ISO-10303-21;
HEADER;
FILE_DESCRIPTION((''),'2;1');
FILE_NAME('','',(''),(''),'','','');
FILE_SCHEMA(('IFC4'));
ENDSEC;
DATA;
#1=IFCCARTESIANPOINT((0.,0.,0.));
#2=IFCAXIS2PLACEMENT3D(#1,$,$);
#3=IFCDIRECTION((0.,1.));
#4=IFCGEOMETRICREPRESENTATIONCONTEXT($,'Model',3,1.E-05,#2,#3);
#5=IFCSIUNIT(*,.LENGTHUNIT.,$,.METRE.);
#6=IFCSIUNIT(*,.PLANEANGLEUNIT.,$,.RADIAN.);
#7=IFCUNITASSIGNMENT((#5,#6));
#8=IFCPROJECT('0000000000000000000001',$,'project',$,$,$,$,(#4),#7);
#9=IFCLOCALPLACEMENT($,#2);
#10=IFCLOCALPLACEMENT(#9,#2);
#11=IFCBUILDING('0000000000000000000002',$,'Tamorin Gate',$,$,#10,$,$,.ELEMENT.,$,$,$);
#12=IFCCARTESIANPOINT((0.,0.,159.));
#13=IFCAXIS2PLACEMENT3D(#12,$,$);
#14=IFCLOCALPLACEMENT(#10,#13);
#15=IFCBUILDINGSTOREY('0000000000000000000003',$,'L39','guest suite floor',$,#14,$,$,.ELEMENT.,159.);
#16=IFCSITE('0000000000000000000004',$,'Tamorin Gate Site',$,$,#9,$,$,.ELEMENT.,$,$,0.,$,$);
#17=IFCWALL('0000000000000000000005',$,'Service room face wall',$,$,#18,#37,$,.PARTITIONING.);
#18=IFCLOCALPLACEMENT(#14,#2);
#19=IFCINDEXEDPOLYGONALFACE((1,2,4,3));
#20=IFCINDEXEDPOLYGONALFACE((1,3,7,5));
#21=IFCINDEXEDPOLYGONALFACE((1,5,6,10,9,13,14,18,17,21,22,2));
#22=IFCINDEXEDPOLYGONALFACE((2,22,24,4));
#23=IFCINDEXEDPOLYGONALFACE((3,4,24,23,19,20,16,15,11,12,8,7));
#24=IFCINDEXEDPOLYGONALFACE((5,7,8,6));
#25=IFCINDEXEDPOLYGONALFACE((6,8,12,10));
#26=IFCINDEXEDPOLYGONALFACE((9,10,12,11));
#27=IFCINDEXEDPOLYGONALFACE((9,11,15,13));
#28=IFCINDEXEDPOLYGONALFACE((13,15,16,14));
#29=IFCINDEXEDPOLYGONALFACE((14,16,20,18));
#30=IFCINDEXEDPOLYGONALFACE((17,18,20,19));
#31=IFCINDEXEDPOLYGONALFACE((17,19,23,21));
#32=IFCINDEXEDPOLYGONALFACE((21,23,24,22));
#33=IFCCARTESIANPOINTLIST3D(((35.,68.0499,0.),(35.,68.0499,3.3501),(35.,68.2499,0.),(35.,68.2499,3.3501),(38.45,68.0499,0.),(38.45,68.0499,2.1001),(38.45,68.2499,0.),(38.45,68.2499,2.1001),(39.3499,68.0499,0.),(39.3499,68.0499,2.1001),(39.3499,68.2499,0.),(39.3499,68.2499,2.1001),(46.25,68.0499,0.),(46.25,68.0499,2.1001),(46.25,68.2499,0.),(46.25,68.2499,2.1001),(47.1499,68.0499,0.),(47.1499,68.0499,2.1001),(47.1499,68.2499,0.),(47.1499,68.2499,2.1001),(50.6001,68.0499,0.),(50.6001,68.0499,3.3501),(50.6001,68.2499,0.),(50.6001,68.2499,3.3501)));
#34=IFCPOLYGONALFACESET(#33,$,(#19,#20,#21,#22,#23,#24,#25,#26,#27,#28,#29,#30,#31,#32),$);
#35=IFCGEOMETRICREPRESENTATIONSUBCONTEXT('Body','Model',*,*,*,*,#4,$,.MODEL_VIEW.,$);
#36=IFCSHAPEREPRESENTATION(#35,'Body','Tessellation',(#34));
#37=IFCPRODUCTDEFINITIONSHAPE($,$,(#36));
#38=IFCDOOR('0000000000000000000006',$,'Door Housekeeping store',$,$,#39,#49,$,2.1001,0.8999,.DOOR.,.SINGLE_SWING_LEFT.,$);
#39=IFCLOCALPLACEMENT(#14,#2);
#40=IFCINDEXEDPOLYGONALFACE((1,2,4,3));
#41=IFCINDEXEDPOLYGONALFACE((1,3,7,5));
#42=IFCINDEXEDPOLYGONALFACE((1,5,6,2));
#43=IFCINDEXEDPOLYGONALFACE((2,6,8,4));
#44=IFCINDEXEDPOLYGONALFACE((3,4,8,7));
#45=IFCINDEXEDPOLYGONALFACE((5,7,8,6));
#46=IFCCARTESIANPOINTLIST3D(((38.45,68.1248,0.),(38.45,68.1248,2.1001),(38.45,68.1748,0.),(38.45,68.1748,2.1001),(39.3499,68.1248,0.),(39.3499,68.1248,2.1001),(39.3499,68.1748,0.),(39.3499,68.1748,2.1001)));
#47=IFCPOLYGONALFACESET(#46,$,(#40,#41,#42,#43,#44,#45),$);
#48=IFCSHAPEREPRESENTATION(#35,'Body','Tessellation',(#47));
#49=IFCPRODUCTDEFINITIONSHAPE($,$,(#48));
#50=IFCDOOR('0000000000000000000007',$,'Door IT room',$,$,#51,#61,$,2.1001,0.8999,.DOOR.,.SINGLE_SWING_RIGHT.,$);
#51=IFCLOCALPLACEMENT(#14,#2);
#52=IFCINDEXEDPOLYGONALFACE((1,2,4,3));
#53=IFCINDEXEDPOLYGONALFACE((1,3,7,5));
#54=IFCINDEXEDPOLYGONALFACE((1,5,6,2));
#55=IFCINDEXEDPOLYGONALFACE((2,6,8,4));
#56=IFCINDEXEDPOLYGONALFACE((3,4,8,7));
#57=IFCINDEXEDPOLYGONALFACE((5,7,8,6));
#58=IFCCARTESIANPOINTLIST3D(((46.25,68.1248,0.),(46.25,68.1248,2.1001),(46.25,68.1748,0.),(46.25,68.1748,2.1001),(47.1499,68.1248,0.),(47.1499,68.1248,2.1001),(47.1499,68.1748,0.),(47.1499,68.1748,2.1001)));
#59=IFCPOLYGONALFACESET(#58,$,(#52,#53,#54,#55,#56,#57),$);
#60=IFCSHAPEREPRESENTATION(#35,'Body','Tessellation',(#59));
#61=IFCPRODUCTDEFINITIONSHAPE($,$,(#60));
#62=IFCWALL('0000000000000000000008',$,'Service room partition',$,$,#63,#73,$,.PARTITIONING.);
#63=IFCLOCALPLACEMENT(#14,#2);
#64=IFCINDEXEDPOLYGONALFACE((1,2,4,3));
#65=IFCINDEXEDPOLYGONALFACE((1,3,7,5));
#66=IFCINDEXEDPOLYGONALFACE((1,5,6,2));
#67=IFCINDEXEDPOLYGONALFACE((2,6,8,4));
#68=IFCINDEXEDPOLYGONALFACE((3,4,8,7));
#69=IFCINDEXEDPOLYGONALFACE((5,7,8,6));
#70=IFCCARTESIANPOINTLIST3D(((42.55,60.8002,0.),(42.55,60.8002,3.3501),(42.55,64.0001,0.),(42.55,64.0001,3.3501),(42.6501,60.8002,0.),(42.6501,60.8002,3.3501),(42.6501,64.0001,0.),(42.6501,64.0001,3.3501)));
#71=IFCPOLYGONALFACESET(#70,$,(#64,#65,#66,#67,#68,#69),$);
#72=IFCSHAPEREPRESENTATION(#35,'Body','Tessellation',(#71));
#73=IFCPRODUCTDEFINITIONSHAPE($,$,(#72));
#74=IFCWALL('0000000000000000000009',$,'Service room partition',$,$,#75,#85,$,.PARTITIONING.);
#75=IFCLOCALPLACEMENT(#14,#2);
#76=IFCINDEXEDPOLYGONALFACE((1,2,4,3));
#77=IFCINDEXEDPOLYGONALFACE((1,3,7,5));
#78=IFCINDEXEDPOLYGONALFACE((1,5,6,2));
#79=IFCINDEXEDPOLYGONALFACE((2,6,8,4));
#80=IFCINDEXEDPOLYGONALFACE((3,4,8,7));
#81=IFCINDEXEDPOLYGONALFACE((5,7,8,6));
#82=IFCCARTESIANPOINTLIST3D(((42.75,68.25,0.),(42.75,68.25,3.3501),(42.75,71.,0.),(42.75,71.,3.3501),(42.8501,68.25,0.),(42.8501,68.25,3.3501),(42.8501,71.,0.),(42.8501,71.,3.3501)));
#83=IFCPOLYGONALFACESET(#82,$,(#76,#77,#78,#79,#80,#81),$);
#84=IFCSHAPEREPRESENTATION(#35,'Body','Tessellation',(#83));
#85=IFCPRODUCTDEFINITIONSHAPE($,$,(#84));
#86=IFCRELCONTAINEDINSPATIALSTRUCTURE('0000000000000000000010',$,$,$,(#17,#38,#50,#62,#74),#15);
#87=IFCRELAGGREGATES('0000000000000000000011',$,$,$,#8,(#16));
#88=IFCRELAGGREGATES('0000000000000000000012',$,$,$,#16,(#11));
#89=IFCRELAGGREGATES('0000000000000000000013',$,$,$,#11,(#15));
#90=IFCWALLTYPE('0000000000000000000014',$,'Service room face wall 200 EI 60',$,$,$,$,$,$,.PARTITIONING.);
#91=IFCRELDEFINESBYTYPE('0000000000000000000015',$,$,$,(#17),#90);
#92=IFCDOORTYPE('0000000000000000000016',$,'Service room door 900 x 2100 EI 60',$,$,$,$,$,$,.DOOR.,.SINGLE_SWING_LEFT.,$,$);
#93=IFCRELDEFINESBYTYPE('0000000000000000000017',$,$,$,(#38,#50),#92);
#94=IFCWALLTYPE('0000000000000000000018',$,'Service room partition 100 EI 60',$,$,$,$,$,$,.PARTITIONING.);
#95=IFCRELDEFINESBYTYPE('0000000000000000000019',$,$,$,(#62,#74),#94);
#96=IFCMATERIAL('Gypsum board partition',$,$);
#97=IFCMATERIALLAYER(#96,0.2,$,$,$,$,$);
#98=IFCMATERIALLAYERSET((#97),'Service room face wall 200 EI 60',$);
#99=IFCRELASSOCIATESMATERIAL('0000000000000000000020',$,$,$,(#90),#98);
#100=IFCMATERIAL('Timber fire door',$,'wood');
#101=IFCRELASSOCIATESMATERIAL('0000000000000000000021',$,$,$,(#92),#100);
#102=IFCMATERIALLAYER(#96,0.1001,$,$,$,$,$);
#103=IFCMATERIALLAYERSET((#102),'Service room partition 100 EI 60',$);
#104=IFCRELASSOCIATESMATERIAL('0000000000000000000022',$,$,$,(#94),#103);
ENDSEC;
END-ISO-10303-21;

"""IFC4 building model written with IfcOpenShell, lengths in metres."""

from ifc_helpers import new_model, si_unit, direction, frame, frame_2d, origin, place, context, subcontext, project, spatial, rectangle, extrude, material, layer, layer_set, type_object, element, fill, save


model = new_model("IFC4")

# Units and contexts
model_context = context("Model", 3, precision=1e-05, world=origin(), true_north=direction((0.0, 1.0)))
body_context = subcontext(model_context, "Body", "Model", "MODEL_VIEW")
ifc_project = project(units=[si_unit("LENGTHUNIT", "METRE"), si_unit("PLANEANGLEUNIT", "RADIAN")], contexts=[model_context])

# Site, building, storey
site_placement = place(None, origin())
site = spatial("IfcSite", under=ifc_project, at=site_placement, Name="Tamorin Gate Site", CompositionType="ELEMENT", RefElevation=0.0)
building_placement = place(site_placement, origin())
building = spatial("IfcBuilding", under=site, at=building_placement, Name="Tamorin Gate", CompositionType="ELEMENT")
storey_placement = place(building_placement, frame((0.0, 0.0, 159.0)))
storey = spatial("IfcBuildingStorey", under=building, at=storey_placement, Name="L39", Description="guest suite floor", CompositionType="ELEMENT", Elevation=159.0)

# Wall, openings, doors
ifc_material_1 = material(Name="Gypsum board partition")
ifc_layer_1 = layer(ifc_material_1, 0.2)
ifc_layer_set_1 = layer_set([ifc_layer_1], Name="Service room face wall 200 EI 60")
wall_type_1 = type_object("IfcWallType", Name="Service room face wall 200 EI 60", PredefinedType="PARTITIONING", material=ifc_layer_set_1)
wall_1_placement = place(storey_placement, frame((35.0, 68.1499, 0.0), z_axis=(0.0, 0.0, 1.0), x_axis=(1.0, 0.0, 0.0)))
wall_1 = element("IfcWall", 1, at=wall_1_placement, inside=storey, type_object=wall_type_1, Name="Service room face wall", PredefinedType="PARTITIONING", context=body_context, shape_type="SweptSolid", body=[
    extrude(rectangle(XDim=15.6001, YDim=0.2, at=frame_2d((7.8, 0.0))), origin(), (0.0, 0.0, 1.0), 3.3501),
])
opening_1_placement = place(wall_1_placement, frame((3.45, 0.0, 0.0)))
opening_1 = element("IfcOpeningElement", 2, at=opening_1_placement, cuts=wall_1, PredefinedType="OPENING", context=body_context, shape_type="SweptSolid", body=[
    extrude(rectangle(XDim=0.8999, YDim=2.1001, at=frame_2d((0.45, 1.05))), frame((0.0, 0.1099, 0.0), z_axis=(0.0, -1.0, 0.0), x_axis=(1.0, 0.0, 0.0)), (0.0, 0.0, 1.0), 0.22),
])
opening_2_placement = place(wall_1_placement, frame((11.25, 0.0, 0.0)))
opening_2 = element("IfcOpeningElement", 3, at=opening_2_placement, cuts=wall_1, PredefinedType="OPENING", context=body_context, shape_type="SweptSolid", body=[
    extrude(rectangle(XDim=0.8999, YDim=2.1001, at=frame_2d((0.45, 1.05))), frame((0.0, 0.1099, 0.0), z_axis=(0.0, -1.0, 0.0), x_axis=(1.0, 0.0, 0.0)), (0.0, 0.0, 1.0), 0.22),
])
ifc_material_2 = material(Name="Timber fire door", Category="wood")
door_type_1 = type_object("IfcDoorType", Name="Service room door 900 x 2100 EI 60", OperationType="SINGLE_SWING_LEFT", PredefinedType="DOOR", material=ifc_material_2)
door_1_placement = place(opening_1_placement, origin())
door_1 = element("IfcDoor", 4, at=door_1_placement, inside=storey, type_object=door_type_1, Name="Door Housekeeping store", OperationType="SINGLE_SWING_LEFT", OverallHeight=2.1001, OverallWidth=0.8999, PredefinedType="DOOR", context=body_context, shape_type="SweptSolid", body=[
    extrude(rectangle(XDim=0.8999, YDim=2.1001, at=frame_2d((0.45, 1.05))), frame((0.0, 0.0249, 0.0), z_axis=(0.0, -1.0, 0.0), x_axis=(1.0, 0.0, 0.0)), (0.0, 0.0, 1.0), 0.05),
])
fill(opening_1, door_1)
door_2_placement = place(opening_2_placement, origin())
door_2 = element("IfcDoor", 5, at=door_2_placement, inside=storey, type_object=door_type_1, Name="Door IT room", OperationType="SINGLE_SWING_RIGHT", OverallHeight=2.1001, OverallWidth=0.8999, PredefinedType="DOOR", context=body_context, shape_type="SweptSolid", body=[
    extrude(rectangle(XDim=0.8999, YDim=2.1001, at=frame_2d((0.45, 1.05))), frame((0.0, 0.0249, 0.0), z_axis=(0.0, -1.0, 0.0), x_axis=(1.0, 0.0, 0.0)), (0.0, 0.0, 1.0), 0.05),
])
fill(opening_2, door_2)

# Walls
ifc_layer_2 = layer(ifc_material_1, 0.1001)
ifc_layer_set_2 = layer_set([ifc_layer_2], Name="Service room partition 100 EI 60")
wall_type_2 = type_object("IfcWallType", Name="Service room partition 100 EI 60", PredefinedType="PARTITIONING", material=ifc_layer_set_2)
wall_2_placement = place(storey_placement, frame((42.6001, 60.8, 0.0), z_axis=(0.0, 0.0, 1.0), x_axis=(0.0, 1.0, 0.0)))
element("IfcWall", 6, at=wall_2_placement, inside=storey, type_object=wall_type_2, Name="Service room partition", PredefinedType="PARTITIONING", context=body_context, shape_type="SweptSolid", body=[
    extrude(rectangle(XDim=3.2, YDim=0.1001, at=frame_2d((1.6001, 0.0))), origin(), (0.0, 0.0, 1.0), 3.3501),
])
wall_3_placement = place(storey_placement, frame((42.8, 68.25, 0.0), z_axis=(0.0, 0.0, 1.0), x_axis=(0.0, 1.0, 0.0)))
element("IfcWall", 7, at=wall_3_placement, inside=storey, type_object=wall_type_2, Name="Service room partition", PredefinedType="PARTITIONING", context=body_context, shape_type="SweptSolid", body=[
    extrude(rectangle(XDim=2.75, YDim=0.1001, at=frame_2d((1.375, 0.0))), origin(), (0.0, 0.0, 1.0), 3.3501),
])

save(model, "model.ifc")
